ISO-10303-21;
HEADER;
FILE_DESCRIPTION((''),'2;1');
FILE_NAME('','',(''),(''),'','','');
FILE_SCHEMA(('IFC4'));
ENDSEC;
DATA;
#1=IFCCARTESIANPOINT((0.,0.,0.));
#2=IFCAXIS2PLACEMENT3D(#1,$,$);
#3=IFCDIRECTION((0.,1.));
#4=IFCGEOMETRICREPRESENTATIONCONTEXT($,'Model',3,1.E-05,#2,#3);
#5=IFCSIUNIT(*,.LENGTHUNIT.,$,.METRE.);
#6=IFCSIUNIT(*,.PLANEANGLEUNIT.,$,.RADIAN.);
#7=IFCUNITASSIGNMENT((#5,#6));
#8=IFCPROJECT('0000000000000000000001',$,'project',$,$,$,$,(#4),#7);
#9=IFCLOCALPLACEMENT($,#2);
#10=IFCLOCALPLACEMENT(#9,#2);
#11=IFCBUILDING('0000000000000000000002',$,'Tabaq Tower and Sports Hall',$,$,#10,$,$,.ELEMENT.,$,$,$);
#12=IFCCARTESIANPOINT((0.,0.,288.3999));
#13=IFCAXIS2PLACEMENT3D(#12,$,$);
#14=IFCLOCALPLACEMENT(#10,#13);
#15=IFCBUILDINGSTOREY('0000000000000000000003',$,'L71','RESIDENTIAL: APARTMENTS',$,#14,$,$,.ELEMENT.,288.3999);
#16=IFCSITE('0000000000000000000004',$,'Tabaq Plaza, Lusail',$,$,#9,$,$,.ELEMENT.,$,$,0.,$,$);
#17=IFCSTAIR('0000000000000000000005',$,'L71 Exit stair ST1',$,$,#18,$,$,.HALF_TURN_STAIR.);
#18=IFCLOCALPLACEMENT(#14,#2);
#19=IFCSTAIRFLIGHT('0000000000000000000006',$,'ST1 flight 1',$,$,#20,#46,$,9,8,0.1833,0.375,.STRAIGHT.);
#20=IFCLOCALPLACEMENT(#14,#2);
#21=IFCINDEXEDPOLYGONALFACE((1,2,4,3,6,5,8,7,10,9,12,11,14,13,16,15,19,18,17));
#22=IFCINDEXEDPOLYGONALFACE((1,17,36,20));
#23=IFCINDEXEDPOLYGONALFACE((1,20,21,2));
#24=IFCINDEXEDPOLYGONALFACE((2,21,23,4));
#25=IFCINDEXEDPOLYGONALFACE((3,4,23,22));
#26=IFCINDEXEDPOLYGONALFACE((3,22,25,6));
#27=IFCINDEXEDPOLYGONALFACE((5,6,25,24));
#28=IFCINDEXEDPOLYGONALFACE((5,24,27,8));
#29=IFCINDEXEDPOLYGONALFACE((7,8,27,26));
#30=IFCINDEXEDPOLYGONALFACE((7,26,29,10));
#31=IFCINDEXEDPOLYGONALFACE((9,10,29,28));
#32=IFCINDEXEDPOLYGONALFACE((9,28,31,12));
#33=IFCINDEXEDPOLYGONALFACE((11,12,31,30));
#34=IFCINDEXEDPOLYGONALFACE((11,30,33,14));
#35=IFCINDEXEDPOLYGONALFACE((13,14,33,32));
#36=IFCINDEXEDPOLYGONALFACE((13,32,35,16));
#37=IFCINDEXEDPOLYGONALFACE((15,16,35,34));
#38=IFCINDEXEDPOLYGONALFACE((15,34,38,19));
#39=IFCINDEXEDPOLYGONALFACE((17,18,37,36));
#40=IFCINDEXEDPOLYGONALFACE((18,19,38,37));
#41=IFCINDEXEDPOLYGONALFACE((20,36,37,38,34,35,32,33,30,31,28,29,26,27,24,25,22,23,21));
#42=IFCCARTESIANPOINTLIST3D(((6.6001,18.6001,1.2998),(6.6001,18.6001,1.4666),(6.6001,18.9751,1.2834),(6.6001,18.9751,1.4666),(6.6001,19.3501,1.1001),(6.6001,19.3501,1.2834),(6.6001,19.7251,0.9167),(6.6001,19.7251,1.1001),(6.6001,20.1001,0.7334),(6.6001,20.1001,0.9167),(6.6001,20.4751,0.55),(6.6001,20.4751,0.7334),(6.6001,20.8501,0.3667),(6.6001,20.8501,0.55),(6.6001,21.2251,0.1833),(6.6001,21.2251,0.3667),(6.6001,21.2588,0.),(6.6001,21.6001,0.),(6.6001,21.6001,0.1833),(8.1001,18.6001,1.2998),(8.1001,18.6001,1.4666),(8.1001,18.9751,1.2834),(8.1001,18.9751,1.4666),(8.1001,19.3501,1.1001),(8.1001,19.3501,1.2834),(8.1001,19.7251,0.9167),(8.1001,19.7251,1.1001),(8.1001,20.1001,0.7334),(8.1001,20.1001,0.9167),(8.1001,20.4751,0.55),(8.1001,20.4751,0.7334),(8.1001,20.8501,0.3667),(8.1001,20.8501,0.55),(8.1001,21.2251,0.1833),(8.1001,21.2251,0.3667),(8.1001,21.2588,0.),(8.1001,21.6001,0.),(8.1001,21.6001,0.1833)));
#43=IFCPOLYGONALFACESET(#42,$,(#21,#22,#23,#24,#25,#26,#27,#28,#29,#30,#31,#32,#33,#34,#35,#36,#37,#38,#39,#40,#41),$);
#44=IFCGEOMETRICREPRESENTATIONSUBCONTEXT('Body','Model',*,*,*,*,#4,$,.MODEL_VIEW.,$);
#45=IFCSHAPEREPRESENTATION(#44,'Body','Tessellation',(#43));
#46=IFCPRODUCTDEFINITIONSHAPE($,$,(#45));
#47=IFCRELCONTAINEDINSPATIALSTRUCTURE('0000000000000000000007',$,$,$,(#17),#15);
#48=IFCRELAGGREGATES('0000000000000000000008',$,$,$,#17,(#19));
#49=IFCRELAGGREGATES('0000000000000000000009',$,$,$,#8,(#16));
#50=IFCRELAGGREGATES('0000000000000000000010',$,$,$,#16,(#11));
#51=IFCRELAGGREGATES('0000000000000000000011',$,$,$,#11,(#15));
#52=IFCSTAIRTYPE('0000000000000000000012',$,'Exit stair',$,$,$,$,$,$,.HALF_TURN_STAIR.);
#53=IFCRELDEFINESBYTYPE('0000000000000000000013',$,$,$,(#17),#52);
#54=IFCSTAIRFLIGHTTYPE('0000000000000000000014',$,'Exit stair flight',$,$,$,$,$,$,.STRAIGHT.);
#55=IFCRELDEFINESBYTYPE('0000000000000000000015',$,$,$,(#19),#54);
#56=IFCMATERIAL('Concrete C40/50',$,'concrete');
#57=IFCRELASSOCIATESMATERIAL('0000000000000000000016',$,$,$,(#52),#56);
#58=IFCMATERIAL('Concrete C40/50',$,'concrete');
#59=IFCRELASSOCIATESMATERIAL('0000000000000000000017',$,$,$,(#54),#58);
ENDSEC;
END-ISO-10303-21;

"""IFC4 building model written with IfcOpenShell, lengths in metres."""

from ifc_helpers import new_model, si_unit, direction, frame, origin, place, context, subcontext, project, spatial, polyline, outline, extrude, material, type_object, element, aggregate, save


model = new_model("IFC4")

# Units and contexts
model_context = context("Model", 3, precision=1e-05, world=origin(), true_north=direction((0.0, 1.0)))
body_context = subcontext(model_context, "Body", "Model", "MODEL_VIEW")
ifc_project = project(units=[si_unit("LENGTHUNIT", "METRE"), si_unit("PLANEANGLEUNIT", "RADIAN")], contexts=[model_context])

# Site, building, storey
site_placement = place(None, origin())
site = spatial("IfcSite", under=ifc_project, at=site_placement, Name="Tabaq Plaza, Lusail", CompositionType="ELEMENT", RefElevation=0.0)
building_placement = place(site_placement, origin())
building = spatial("IfcBuilding", under=site, at=building_placement, Name="Tabaq Tower and Sports Hall", CompositionType="ELEMENT")
storey_placement = place(building_placement, frame((0.0, 0.0, 288.3999)))
storey = spatial("IfcBuildingStorey", under=building, at=storey_placement, Name="L71", Description="RESIDENTIAL: APARTMENTS", CompositionType="ELEMENT", Elevation=288.3999)

# Stair, stair flight
ifc_material_1 = material(Name="Concrete C40/50", Category="concrete")
stair_type = type_object("IfcStairType", Name="Exit stair", PredefinedType="HALF_TURN_STAIR", material=ifc_material_1)
stair_placement = place(storey_placement, origin())
stair = element("IfcStair", 1, at=stair_placement, inside=storey, type_object=stair_type, Name="L71 Exit stair ST1", PredefinedType="HALF_TURN_STAIR")
ifc_material_2 = material(Name="Concrete C40/50", Category="concrete")
stair_flight_type = type_object("IfcStairFlightType", Name="Exit stair flight", PredefinedType="STRAIGHT", material=ifc_material_2)
stair_flight_placement = place(storey_placement, frame((7.3501, 21.6001, 0.0), z_axis=(0.0, 0.0, 1.0), x_axis=(0.0, -1.0, 0.0)))
stair_flight = element("IfcStairFlight", 2, at=stair_flight_placement, type_object=stair_flight_type, Name="ST1 flight 1", NumberOfRisers=9, NumberOfTreads=8, PredefinedType="STRAIGHT", RiserHeight=0.1833, TreadLength=0.375, context=body_context, shape_type="SweptSolid", body=[
    extrude(outline(polyline([(0.0, 0.0), (0.0, 0.1833), (0.375, 0.1833), (0.375, 0.3667), (0.75, 0.3667), (0.75, 0.55), (1.125, 0.55), (1.125, 0.7334), (1.5, 0.7334), (1.5, 0.9167), (1.875, 0.9167), (1.875, 1.1001), (2.25, 1.1001), (2.25, 1.2834), (2.625, 1.2834), (2.625, 1.4666), (3.0, 1.4666), (3.0, 1.6499), (3.0, 1.2998), (0.3413, 0.0), (0.0, 0.0)])), frame((0.0, 0.75, 0.0), z_axis=(0.0, -1.0, 0.0), x_axis=(1.0, 0.0, 0.0)), (0.0, 0.0, 1.0), 1.5),
])
aggregate(stair, [stair_flight])

save(model, "model.ifc")
